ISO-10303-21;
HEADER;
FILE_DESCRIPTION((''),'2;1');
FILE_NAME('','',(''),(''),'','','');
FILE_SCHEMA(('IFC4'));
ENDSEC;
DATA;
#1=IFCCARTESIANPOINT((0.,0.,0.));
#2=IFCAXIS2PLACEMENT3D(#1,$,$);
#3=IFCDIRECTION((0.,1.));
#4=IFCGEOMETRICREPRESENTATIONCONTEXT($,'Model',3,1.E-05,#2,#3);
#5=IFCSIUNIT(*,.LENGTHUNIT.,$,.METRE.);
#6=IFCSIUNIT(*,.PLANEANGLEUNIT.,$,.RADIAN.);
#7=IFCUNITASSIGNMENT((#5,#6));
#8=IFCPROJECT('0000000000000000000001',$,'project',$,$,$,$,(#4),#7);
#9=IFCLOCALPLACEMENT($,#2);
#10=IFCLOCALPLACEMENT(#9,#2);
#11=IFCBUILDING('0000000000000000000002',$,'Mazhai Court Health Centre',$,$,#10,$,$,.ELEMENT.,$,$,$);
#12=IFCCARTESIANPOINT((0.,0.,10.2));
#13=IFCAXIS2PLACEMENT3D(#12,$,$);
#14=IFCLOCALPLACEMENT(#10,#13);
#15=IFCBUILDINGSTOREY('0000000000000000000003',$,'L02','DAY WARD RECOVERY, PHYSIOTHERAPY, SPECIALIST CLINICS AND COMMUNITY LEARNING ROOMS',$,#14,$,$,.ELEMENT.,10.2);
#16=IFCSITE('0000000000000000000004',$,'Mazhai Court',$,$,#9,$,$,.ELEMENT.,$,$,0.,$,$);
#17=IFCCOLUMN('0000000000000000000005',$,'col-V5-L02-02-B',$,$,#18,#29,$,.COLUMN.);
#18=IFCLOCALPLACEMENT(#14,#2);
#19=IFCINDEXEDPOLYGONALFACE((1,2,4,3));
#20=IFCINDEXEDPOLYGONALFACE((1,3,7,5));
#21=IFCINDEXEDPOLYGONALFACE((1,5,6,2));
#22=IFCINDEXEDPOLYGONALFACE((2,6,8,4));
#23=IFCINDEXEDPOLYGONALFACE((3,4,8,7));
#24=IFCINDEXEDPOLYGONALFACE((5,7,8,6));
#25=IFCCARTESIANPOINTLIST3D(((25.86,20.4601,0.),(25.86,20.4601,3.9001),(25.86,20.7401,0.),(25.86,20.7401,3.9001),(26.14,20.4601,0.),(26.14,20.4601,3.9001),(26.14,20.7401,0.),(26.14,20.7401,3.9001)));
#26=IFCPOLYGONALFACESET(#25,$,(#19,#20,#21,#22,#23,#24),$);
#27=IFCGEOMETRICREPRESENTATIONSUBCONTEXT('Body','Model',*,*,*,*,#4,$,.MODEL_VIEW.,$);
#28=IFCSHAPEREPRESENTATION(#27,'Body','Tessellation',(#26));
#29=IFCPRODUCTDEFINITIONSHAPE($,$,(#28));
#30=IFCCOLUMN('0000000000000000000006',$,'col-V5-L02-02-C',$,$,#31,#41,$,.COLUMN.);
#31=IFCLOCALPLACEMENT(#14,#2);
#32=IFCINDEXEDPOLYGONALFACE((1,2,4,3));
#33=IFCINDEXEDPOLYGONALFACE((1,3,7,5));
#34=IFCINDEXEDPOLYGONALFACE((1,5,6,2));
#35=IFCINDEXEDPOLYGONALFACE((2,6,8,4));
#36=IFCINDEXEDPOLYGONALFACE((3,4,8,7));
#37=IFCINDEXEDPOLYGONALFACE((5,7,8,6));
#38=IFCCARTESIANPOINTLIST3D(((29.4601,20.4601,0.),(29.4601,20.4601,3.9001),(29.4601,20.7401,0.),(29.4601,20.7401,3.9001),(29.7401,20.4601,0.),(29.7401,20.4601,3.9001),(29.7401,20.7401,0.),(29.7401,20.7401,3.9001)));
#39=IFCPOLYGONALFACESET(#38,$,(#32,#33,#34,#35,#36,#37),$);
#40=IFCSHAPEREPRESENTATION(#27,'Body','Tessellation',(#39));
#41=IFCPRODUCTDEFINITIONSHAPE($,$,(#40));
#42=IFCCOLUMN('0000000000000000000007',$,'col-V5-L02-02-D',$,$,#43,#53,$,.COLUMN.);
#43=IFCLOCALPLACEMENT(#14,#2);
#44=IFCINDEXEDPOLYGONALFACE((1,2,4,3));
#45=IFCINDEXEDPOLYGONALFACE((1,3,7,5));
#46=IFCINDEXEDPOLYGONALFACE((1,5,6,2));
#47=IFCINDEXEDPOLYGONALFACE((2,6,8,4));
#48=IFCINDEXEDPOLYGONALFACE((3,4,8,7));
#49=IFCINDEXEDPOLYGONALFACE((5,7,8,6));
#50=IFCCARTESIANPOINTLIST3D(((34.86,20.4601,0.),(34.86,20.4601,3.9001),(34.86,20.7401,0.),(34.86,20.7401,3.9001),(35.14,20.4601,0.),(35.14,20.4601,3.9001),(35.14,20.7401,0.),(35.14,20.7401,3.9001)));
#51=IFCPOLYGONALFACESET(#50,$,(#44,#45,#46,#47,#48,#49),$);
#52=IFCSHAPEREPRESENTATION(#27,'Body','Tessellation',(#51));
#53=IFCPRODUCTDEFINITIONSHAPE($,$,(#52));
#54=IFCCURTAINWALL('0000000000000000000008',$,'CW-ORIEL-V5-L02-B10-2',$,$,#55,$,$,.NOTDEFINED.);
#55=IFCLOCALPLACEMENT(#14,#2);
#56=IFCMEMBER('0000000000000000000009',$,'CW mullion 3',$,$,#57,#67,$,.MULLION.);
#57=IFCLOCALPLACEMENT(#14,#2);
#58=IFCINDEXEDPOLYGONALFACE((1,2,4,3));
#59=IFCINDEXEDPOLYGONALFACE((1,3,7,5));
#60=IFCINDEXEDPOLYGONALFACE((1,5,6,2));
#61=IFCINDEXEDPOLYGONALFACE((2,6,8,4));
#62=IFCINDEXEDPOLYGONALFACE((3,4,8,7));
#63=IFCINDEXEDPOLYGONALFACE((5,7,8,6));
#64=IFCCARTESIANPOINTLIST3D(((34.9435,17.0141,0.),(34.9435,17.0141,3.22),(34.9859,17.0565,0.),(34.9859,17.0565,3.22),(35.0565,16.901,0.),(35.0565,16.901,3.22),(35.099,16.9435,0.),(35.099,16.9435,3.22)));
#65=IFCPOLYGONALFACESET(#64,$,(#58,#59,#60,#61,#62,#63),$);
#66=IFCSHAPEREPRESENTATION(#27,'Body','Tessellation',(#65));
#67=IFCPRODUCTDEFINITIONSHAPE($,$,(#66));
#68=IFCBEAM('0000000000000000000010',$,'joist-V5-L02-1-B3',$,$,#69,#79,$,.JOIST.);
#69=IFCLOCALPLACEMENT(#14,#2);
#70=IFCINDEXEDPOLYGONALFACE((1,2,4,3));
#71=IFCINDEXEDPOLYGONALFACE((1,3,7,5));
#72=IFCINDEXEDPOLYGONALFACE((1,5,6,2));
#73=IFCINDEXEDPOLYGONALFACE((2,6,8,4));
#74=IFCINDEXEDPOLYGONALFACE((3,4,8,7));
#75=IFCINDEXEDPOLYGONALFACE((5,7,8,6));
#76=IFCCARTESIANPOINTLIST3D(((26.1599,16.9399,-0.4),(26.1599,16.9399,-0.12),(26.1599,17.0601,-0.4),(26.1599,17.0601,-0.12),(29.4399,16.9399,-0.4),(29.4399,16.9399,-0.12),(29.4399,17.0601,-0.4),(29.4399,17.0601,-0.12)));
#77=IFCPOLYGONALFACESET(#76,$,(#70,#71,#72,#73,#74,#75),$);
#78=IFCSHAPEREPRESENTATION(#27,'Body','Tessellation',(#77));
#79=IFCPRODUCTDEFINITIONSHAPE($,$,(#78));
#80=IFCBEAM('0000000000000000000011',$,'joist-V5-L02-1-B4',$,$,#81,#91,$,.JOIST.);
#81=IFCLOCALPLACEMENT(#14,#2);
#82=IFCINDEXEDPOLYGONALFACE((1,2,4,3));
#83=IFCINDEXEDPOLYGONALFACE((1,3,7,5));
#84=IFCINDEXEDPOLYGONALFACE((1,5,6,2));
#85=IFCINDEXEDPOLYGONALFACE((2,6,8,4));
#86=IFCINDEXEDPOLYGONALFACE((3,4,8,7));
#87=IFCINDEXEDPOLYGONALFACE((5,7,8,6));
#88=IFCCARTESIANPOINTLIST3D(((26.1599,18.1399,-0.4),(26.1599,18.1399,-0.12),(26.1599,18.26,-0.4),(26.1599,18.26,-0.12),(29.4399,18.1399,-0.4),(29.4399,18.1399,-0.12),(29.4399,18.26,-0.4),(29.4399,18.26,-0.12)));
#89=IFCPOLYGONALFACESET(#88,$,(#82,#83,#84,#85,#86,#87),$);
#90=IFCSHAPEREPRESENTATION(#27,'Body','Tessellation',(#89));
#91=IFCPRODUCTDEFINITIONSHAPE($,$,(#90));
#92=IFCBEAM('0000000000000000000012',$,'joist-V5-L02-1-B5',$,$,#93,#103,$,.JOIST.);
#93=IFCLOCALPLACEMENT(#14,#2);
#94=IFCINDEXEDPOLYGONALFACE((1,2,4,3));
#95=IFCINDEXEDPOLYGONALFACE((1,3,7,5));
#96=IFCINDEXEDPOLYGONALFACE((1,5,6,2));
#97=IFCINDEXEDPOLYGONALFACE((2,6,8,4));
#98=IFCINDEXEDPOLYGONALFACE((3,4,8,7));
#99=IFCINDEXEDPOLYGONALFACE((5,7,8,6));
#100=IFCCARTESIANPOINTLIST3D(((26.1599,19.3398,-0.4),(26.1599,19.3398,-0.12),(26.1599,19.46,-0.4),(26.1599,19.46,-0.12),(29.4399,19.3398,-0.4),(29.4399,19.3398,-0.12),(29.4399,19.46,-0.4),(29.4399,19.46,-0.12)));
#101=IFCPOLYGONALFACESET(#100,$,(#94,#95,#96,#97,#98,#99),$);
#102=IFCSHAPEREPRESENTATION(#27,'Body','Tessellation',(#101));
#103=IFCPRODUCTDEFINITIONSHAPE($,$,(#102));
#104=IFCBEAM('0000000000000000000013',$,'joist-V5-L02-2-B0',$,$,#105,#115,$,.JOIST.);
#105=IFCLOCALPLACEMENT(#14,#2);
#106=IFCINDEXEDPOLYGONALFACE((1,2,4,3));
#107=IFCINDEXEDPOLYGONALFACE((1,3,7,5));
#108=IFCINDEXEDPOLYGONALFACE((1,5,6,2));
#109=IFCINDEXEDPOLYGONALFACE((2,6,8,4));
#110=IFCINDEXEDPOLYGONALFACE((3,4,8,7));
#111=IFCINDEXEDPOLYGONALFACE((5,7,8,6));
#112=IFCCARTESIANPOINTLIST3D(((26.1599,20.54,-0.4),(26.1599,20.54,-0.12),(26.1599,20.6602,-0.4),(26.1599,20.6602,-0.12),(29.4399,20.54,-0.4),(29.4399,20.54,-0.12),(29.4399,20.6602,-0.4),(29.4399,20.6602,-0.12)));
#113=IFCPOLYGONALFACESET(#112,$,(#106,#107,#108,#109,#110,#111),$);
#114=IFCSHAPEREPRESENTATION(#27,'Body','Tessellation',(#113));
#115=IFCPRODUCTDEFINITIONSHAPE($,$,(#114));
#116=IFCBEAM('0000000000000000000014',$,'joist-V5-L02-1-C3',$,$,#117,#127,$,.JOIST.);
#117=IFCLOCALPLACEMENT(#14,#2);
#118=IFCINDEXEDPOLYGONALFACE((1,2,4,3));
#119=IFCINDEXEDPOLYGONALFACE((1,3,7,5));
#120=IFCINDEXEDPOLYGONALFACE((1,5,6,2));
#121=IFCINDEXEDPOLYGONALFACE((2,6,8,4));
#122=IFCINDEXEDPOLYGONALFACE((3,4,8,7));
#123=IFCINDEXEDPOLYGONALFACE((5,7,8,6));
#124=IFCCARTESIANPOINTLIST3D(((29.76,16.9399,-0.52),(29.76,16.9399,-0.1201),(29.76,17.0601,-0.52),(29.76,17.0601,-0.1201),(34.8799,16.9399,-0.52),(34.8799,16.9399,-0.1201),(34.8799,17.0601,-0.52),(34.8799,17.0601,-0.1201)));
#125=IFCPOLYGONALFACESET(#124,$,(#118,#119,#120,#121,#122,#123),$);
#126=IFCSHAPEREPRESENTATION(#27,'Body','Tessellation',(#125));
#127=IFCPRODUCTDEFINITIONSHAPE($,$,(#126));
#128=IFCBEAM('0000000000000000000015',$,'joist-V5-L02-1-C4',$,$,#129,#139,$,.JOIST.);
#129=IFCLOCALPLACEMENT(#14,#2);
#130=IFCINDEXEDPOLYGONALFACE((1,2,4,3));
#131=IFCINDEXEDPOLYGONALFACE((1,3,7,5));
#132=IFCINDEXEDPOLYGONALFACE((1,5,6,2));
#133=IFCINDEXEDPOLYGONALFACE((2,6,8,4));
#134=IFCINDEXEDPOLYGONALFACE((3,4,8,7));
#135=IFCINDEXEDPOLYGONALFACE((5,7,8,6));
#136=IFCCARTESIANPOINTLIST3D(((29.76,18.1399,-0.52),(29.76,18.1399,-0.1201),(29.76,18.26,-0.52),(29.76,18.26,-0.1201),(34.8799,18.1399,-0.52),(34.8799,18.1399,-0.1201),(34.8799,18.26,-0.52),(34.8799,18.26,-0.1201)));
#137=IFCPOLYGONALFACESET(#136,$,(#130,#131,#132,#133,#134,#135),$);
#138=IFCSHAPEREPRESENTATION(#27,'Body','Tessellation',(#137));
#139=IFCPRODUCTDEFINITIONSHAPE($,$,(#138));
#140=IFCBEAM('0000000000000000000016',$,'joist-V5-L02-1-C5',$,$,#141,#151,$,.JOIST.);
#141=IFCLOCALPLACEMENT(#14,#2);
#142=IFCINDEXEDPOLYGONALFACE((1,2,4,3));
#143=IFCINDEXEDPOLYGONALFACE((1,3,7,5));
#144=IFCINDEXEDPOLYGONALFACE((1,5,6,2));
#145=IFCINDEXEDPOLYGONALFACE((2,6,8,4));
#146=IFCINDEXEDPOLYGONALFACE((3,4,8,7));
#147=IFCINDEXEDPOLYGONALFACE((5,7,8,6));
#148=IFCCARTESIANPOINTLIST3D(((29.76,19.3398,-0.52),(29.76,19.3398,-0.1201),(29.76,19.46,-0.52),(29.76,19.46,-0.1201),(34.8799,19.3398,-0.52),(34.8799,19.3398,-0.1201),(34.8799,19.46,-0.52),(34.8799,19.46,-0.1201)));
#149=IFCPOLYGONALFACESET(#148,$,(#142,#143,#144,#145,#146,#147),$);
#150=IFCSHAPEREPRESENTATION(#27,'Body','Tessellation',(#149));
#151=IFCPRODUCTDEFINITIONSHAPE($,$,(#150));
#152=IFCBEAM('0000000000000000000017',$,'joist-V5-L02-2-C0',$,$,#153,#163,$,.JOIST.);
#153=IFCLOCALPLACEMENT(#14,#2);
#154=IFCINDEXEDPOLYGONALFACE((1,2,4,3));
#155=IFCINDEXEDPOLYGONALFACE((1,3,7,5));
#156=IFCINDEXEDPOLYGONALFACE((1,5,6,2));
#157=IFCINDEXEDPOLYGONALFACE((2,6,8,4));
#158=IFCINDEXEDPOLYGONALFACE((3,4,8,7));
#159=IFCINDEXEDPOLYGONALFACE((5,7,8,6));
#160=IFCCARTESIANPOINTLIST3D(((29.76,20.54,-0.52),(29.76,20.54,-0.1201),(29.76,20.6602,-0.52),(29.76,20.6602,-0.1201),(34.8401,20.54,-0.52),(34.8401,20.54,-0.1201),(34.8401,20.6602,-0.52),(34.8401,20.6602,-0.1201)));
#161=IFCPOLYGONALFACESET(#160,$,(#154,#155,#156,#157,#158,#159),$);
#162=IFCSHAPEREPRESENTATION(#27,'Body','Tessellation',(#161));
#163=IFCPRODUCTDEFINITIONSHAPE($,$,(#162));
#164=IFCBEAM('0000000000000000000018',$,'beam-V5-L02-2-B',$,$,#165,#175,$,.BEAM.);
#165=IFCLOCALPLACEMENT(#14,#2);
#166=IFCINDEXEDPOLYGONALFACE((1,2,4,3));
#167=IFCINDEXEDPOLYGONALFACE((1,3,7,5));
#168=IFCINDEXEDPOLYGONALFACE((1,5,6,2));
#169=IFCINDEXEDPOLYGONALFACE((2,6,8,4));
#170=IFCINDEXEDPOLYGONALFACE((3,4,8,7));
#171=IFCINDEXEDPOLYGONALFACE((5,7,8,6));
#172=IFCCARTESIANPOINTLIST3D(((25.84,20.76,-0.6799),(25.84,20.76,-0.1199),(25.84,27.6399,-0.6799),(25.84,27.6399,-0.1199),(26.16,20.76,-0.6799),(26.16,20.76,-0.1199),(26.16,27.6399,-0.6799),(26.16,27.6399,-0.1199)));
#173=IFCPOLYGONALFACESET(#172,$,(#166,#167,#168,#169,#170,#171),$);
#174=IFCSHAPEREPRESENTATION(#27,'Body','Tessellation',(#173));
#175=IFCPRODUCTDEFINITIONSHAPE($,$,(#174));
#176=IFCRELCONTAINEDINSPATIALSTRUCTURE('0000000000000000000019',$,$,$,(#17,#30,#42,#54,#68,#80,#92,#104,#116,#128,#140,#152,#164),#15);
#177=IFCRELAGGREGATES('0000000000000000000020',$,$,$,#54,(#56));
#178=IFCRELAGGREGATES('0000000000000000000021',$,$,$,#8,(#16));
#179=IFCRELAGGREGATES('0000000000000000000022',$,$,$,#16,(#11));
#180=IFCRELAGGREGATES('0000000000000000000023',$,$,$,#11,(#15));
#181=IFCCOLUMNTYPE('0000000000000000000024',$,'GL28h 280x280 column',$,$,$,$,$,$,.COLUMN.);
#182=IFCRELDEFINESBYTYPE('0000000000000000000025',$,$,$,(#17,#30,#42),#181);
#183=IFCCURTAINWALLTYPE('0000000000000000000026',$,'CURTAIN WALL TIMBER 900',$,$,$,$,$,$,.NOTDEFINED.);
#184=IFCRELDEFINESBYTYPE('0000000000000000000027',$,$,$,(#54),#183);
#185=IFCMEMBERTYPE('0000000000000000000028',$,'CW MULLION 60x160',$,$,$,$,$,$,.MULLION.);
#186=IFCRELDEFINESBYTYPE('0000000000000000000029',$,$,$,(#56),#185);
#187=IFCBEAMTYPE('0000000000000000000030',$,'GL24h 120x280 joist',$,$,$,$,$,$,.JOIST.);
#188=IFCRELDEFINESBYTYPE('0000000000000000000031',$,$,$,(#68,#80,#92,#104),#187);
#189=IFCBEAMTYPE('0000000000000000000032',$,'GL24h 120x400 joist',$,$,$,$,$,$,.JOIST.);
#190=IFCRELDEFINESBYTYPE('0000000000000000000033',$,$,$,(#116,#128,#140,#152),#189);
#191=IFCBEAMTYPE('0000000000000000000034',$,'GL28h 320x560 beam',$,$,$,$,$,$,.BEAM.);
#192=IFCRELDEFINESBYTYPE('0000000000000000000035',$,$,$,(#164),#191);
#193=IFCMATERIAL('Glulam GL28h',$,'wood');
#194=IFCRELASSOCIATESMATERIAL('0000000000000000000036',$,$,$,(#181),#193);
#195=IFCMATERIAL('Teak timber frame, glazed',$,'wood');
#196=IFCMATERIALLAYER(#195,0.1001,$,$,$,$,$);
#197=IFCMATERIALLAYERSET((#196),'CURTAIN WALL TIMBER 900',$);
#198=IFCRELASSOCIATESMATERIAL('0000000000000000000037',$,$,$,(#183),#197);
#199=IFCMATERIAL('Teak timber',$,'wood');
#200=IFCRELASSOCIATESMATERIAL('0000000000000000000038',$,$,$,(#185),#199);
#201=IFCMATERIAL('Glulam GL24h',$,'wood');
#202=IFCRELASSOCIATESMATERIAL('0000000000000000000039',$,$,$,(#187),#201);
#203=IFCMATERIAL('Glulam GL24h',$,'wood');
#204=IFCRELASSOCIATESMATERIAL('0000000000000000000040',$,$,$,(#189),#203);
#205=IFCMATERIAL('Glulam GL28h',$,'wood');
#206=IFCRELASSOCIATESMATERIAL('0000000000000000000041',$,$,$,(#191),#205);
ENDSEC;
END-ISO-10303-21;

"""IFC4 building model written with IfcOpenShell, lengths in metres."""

from ifc_helpers import new_model, si_unit, direction, frame, origin, origin_2d, place, context, subcontext, project, spatial, rectangle, extrude, material, layer, layer_set, material_profile, profile_set, type_object, element, aggregate, save


model = new_model("IFC4")

# Units and contexts
model_context = context("Model", 3, precision=1e-05, world=origin(), true_north=direction((0.0, 1.0)))
body_context = subcontext(model_context, "Body", "Model", "MODEL_VIEW")
ifc_project = project(units=[si_unit("LENGTHUNIT", "METRE"), si_unit("PLANEANGLEUNIT", "RADIAN")], contexts=[model_context])

# Site, building, storey
site_placement = place(None, origin())
site = spatial("IfcSite", under=ifc_project, at=site_placement, Name="Mazhai Court", CompositionType="ELEMENT", RefElevation=0.0)
building_placement = place(site_placement, origin())
building = spatial("IfcBuilding", under=site, at=building_placement, Name="Mazhai Court Health Centre", CompositionType="ELEMENT")
storey_placement = place(building_placement, frame((0.0, 0.0, 10.2)))
storey = spatial("IfcBuildingStorey", under=building, at=storey_placement, Name="L02", Description="DAY WARD RECOVERY, PHYSIOTHERAPY, SPECIALIST CLINICS AND COMMUNITY LEARNING ROOMS", CompositionType="ELEMENT", Elevation=10.2)

# Columns
ifc_material_1 = material(Name="Glulam GL28h", Category="wood")
ifc_material_profile_1 = material_profile(ifc_material_1, rectangle(XDim=0.28, YDim=0.28, at=origin_2d()), Name="GL28h 280x280")
ifc_profile_set_1 = profile_set([ifc_material_profile_1], Name="Glulam GL28h")
column_type = type_object("IfcColumnType", Name="GL28h 280x280 column", PredefinedType="COLUMN", material=ifc_profile_set_1)
for number, where, z_axis, x_axis, name in (
    (1, (26.0, 20.6001, 0.0), (0.0, 0.0, 1.0), (1.0, 0.0, 0.0), "col-V5-L02-02-B"),
    (2, (29.6001, 20.6001, 0.0), (0.0, 0.0, 1.0), (1.0, 0.0, 0.0), "col-V5-L02-02-C"),
    (3, (35.0, 20.6001, 0.0), (0.0, 0.0, 1.0), (1.0, 0.0, 0.0), "col-V5-L02-02-D"),
):
    element("IfcColumn", number, at=place(storey_placement, frame(where, z_axis=z_axis, x_axis=x_axis)), inside=storey, type_object=column_type, Name=name, PredefinedType="COLUMN", context=body_context, shape_type="SweptSolid", body=[
        extrude(rectangle(XDim=0.28, YDim=0.28, at=origin_2d()), origin(), (0.0, 0.0, 1.0), 3.9001),
    ])

# Curtain wall, member
ifc_material_2 = material(Name="Teak timber frame, glazed", Category="wood")
ifc_layer_1 = layer(ifc_material_2, 0.1001)
ifc_layer_set_1 = layer_set([ifc_layer_1], Name="CURTAIN WALL TIMBER 900")
curtain_wall_type = type_object("IfcCurtainWallType", Name="CURTAIN WALL TIMBER 900", PredefinedType="NOTDEFINED", material=ifc_layer_set_1)
curtain_wall_placement = place(storey_placement, origin())
curtain_wall = element("IfcCurtainWall", 4, at=curtain_wall_placement, inside=storey, type_object=curtain_wall_type, Name="CW-ORIEL-V5-L02-B10-2", PredefinedType="NOTDEFINED")
ifc_material_3 = material(Name="Teak timber", Category="wood")
ifc_material_profile_2 = material_profile(ifc_material_3, rectangle(XDim=0.0601, YDim=0.1599, at=origin_2d()), Name="CW MULLION 60x160")
ifc_profile_set_2 = profile_set([ifc_material_profile_2], Name="Teak timber")
member_type = type_object("IfcMemberType", Name="CW MULLION 60x160", PredefinedType="MULLION", material=ifc_profile_set_2)
member_placement = place(storey_placement, frame((35.0212, 16.9788, 0.0), z_axis=(0.0, 0.0, 1.0), x_axis=(-0.707107, -0.707107, 0.0)))
member = element("IfcMember", 5, at=member_placement, type_object=member_type, Name="CW mullion 3", PredefinedType="MULLION", context=body_context, shape_type="SweptSolid", body=[
    extrude(rectangle(XDim=0.0601, YDim=0.1599, at=origin_2d()), origin(), (0.0, 0.0, 1.0), 3.22),
])
aggregate(curtain_wall, [member])

# Beams
ifc_material_4 = material(Name="Glulam GL24h", Category="wood")
ifc_material_profile_3 = material_profile(ifc_material_4, rectangle(XDim=0.1201, YDim=0.28, at=origin_2d()), Name="GL24h 120x280")
ifc_profile_set_3 = profile_set([ifc_material_profile_3], Name="Glulam GL24h")
beam_type_1 = type_object("IfcBeamType", Name="GL24h 120x280 joist", PredefinedType="JOIST", material=ifc_profile_set_3)
for number, where, z_axis, x_axis, name in (
    (6, (26.1599, 17.0, -0.26), (1.0, 0.0, 0.0), (0.0, 1.0, 0.0), "joist-V5-L02-1-B3"),
    (7, (26.1599, 18.2, -0.26), (1.0, 0.0, 0.0), (0.0, 1.0, 0.0), "joist-V5-L02-1-B4"),
    (8, (26.1599, 19.3999, -0.26), (1.0, 0.0, 0.0), (0.0, 1.0, 0.0), "joist-V5-L02-1-B5"),
    (9, (26.1599, 20.6001, -0.26), (1.0, 0.0, 0.0), (0.0, 1.0, 0.0), "joist-V5-L02-2-B0"),
):
    element("IfcBeam", number, at=place(storey_placement, frame(where, z_axis=z_axis, x_axis=x_axis)), inside=storey, type_object=beam_type_1, Name=name, PredefinedType="JOIST", context=body_context, shape_type="SweptSolid", body=[
        extrude(rectangle(XDim=0.1201, YDim=0.28, at=origin_2d()), origin(), (0.0, 0.0, 1.0), 3.28),
    ])
ifc_material_5 = material(Name="Glulam GL24h", Category="wood")
ifc_material_profile_4 = material_profile(ifc_material_5, rectangle(XDim=0.1201, YDim=0.3999, at=origin_2d()), Name="GL24h 120x400")
ifc_profile_set_4 = profile_set([ifc_material_profile_4], Name="Glulam GL24h")
beam_type_2 = type_object("IfcBeamType", Name="GL24h 120x400 joist", PredefinedType="JOIST", material=ifc_profile_set_4)
for number, where, z_axis, x_axis, name in (
    (10, (29.76, 17.0, -0.3201), (1.0, 0.0, 0.0), (0.0, 1.0, 0.0), "joist-V5-L02-1-C3"),
    (11, (29.76, 18.2, -0.3201), (1.0, 0.0, 0.0), (0.0, 1.0, 0.0), "joist-V5-L02-1-C4"),
    (12, (29.76, 19.3999, -0.3201), (1.0, 0.0, 0.0), (0.0, 1.0, 0.0), "joist-V5-L02-1-C5"),
):
    element("IfcBeam", number, at=place(storey_placement, frame(where, z_axis=z_axis, x_axis=x_axis)), inside=storey, type_object=beam_type_2, Name=name, PredefinedType="JOIST", context=body_context, shape_type="SweptSolid", body=[
        extrude(rectangle(XDim=0.1201, YDim=0.3999, at=origin_2d()), origin(), (0.0, 0.0, 1.0), 5.1199),
    ])
beam_1_placement = place(storey_placement, frame((29.76, 20.6001, -0.3201), z_axis=(1.0, 0.0, 0.0), x_axis=(0.0, 1.0, 0.0)))
element("IfcBeam", 13, at=beam_1_placement, inside=storey, type_object=beam_type_2, Name="joist-V5-L02-2-C0", PredefinedType="JOIST", context=body_context, shape_type="SweptSolid", body=[
    extrude(rectangle(XDim=0.1201, YDim=0.3999, at=origin_2d()), origin(), (0.0, 0.0, 1.0), 5.0801),
])
ifc_material_6 = material(Name="Glulam GL28h", Category="wood")
ifc_material_profile_5 = material_profile(ifc_material_6, rectangle(XDim=0.3201, YDim=0.5601, at=origin_2d()), Name="GL28h 320x560")
ifc_profile_set_5 = profile_set([ifc_material_profile_5], Name="Glulam GL28h")
beam_type_3 = type_object("IfcBeamType", Name="GL28h 320x560 beam", PredefinedType="BEAM", material=ifc_profile_set_5)
beam_2_placement = place(storey_placement, frame((26.0, 20.76, -0.3999), z_axis=(0.0, 1.0, 0.0), x_axis=(-1.0, 0.0, 0.0)))
element("IfcBeam", 14, at=beam_2_placement, inside=storey, type_object=beam_type_3, Name="beam-V5-L02-2-B", PredefinedType="BEAM", context=body_context, shape_type="SweptSolid", body=[
    extrude(rectangle(XDim=0.3201, YDim=0.5601, at=origin_2d()), origin(), (0.0, 0.0, 1.0), 6.8799),
])

save(model, "model.ifc")
